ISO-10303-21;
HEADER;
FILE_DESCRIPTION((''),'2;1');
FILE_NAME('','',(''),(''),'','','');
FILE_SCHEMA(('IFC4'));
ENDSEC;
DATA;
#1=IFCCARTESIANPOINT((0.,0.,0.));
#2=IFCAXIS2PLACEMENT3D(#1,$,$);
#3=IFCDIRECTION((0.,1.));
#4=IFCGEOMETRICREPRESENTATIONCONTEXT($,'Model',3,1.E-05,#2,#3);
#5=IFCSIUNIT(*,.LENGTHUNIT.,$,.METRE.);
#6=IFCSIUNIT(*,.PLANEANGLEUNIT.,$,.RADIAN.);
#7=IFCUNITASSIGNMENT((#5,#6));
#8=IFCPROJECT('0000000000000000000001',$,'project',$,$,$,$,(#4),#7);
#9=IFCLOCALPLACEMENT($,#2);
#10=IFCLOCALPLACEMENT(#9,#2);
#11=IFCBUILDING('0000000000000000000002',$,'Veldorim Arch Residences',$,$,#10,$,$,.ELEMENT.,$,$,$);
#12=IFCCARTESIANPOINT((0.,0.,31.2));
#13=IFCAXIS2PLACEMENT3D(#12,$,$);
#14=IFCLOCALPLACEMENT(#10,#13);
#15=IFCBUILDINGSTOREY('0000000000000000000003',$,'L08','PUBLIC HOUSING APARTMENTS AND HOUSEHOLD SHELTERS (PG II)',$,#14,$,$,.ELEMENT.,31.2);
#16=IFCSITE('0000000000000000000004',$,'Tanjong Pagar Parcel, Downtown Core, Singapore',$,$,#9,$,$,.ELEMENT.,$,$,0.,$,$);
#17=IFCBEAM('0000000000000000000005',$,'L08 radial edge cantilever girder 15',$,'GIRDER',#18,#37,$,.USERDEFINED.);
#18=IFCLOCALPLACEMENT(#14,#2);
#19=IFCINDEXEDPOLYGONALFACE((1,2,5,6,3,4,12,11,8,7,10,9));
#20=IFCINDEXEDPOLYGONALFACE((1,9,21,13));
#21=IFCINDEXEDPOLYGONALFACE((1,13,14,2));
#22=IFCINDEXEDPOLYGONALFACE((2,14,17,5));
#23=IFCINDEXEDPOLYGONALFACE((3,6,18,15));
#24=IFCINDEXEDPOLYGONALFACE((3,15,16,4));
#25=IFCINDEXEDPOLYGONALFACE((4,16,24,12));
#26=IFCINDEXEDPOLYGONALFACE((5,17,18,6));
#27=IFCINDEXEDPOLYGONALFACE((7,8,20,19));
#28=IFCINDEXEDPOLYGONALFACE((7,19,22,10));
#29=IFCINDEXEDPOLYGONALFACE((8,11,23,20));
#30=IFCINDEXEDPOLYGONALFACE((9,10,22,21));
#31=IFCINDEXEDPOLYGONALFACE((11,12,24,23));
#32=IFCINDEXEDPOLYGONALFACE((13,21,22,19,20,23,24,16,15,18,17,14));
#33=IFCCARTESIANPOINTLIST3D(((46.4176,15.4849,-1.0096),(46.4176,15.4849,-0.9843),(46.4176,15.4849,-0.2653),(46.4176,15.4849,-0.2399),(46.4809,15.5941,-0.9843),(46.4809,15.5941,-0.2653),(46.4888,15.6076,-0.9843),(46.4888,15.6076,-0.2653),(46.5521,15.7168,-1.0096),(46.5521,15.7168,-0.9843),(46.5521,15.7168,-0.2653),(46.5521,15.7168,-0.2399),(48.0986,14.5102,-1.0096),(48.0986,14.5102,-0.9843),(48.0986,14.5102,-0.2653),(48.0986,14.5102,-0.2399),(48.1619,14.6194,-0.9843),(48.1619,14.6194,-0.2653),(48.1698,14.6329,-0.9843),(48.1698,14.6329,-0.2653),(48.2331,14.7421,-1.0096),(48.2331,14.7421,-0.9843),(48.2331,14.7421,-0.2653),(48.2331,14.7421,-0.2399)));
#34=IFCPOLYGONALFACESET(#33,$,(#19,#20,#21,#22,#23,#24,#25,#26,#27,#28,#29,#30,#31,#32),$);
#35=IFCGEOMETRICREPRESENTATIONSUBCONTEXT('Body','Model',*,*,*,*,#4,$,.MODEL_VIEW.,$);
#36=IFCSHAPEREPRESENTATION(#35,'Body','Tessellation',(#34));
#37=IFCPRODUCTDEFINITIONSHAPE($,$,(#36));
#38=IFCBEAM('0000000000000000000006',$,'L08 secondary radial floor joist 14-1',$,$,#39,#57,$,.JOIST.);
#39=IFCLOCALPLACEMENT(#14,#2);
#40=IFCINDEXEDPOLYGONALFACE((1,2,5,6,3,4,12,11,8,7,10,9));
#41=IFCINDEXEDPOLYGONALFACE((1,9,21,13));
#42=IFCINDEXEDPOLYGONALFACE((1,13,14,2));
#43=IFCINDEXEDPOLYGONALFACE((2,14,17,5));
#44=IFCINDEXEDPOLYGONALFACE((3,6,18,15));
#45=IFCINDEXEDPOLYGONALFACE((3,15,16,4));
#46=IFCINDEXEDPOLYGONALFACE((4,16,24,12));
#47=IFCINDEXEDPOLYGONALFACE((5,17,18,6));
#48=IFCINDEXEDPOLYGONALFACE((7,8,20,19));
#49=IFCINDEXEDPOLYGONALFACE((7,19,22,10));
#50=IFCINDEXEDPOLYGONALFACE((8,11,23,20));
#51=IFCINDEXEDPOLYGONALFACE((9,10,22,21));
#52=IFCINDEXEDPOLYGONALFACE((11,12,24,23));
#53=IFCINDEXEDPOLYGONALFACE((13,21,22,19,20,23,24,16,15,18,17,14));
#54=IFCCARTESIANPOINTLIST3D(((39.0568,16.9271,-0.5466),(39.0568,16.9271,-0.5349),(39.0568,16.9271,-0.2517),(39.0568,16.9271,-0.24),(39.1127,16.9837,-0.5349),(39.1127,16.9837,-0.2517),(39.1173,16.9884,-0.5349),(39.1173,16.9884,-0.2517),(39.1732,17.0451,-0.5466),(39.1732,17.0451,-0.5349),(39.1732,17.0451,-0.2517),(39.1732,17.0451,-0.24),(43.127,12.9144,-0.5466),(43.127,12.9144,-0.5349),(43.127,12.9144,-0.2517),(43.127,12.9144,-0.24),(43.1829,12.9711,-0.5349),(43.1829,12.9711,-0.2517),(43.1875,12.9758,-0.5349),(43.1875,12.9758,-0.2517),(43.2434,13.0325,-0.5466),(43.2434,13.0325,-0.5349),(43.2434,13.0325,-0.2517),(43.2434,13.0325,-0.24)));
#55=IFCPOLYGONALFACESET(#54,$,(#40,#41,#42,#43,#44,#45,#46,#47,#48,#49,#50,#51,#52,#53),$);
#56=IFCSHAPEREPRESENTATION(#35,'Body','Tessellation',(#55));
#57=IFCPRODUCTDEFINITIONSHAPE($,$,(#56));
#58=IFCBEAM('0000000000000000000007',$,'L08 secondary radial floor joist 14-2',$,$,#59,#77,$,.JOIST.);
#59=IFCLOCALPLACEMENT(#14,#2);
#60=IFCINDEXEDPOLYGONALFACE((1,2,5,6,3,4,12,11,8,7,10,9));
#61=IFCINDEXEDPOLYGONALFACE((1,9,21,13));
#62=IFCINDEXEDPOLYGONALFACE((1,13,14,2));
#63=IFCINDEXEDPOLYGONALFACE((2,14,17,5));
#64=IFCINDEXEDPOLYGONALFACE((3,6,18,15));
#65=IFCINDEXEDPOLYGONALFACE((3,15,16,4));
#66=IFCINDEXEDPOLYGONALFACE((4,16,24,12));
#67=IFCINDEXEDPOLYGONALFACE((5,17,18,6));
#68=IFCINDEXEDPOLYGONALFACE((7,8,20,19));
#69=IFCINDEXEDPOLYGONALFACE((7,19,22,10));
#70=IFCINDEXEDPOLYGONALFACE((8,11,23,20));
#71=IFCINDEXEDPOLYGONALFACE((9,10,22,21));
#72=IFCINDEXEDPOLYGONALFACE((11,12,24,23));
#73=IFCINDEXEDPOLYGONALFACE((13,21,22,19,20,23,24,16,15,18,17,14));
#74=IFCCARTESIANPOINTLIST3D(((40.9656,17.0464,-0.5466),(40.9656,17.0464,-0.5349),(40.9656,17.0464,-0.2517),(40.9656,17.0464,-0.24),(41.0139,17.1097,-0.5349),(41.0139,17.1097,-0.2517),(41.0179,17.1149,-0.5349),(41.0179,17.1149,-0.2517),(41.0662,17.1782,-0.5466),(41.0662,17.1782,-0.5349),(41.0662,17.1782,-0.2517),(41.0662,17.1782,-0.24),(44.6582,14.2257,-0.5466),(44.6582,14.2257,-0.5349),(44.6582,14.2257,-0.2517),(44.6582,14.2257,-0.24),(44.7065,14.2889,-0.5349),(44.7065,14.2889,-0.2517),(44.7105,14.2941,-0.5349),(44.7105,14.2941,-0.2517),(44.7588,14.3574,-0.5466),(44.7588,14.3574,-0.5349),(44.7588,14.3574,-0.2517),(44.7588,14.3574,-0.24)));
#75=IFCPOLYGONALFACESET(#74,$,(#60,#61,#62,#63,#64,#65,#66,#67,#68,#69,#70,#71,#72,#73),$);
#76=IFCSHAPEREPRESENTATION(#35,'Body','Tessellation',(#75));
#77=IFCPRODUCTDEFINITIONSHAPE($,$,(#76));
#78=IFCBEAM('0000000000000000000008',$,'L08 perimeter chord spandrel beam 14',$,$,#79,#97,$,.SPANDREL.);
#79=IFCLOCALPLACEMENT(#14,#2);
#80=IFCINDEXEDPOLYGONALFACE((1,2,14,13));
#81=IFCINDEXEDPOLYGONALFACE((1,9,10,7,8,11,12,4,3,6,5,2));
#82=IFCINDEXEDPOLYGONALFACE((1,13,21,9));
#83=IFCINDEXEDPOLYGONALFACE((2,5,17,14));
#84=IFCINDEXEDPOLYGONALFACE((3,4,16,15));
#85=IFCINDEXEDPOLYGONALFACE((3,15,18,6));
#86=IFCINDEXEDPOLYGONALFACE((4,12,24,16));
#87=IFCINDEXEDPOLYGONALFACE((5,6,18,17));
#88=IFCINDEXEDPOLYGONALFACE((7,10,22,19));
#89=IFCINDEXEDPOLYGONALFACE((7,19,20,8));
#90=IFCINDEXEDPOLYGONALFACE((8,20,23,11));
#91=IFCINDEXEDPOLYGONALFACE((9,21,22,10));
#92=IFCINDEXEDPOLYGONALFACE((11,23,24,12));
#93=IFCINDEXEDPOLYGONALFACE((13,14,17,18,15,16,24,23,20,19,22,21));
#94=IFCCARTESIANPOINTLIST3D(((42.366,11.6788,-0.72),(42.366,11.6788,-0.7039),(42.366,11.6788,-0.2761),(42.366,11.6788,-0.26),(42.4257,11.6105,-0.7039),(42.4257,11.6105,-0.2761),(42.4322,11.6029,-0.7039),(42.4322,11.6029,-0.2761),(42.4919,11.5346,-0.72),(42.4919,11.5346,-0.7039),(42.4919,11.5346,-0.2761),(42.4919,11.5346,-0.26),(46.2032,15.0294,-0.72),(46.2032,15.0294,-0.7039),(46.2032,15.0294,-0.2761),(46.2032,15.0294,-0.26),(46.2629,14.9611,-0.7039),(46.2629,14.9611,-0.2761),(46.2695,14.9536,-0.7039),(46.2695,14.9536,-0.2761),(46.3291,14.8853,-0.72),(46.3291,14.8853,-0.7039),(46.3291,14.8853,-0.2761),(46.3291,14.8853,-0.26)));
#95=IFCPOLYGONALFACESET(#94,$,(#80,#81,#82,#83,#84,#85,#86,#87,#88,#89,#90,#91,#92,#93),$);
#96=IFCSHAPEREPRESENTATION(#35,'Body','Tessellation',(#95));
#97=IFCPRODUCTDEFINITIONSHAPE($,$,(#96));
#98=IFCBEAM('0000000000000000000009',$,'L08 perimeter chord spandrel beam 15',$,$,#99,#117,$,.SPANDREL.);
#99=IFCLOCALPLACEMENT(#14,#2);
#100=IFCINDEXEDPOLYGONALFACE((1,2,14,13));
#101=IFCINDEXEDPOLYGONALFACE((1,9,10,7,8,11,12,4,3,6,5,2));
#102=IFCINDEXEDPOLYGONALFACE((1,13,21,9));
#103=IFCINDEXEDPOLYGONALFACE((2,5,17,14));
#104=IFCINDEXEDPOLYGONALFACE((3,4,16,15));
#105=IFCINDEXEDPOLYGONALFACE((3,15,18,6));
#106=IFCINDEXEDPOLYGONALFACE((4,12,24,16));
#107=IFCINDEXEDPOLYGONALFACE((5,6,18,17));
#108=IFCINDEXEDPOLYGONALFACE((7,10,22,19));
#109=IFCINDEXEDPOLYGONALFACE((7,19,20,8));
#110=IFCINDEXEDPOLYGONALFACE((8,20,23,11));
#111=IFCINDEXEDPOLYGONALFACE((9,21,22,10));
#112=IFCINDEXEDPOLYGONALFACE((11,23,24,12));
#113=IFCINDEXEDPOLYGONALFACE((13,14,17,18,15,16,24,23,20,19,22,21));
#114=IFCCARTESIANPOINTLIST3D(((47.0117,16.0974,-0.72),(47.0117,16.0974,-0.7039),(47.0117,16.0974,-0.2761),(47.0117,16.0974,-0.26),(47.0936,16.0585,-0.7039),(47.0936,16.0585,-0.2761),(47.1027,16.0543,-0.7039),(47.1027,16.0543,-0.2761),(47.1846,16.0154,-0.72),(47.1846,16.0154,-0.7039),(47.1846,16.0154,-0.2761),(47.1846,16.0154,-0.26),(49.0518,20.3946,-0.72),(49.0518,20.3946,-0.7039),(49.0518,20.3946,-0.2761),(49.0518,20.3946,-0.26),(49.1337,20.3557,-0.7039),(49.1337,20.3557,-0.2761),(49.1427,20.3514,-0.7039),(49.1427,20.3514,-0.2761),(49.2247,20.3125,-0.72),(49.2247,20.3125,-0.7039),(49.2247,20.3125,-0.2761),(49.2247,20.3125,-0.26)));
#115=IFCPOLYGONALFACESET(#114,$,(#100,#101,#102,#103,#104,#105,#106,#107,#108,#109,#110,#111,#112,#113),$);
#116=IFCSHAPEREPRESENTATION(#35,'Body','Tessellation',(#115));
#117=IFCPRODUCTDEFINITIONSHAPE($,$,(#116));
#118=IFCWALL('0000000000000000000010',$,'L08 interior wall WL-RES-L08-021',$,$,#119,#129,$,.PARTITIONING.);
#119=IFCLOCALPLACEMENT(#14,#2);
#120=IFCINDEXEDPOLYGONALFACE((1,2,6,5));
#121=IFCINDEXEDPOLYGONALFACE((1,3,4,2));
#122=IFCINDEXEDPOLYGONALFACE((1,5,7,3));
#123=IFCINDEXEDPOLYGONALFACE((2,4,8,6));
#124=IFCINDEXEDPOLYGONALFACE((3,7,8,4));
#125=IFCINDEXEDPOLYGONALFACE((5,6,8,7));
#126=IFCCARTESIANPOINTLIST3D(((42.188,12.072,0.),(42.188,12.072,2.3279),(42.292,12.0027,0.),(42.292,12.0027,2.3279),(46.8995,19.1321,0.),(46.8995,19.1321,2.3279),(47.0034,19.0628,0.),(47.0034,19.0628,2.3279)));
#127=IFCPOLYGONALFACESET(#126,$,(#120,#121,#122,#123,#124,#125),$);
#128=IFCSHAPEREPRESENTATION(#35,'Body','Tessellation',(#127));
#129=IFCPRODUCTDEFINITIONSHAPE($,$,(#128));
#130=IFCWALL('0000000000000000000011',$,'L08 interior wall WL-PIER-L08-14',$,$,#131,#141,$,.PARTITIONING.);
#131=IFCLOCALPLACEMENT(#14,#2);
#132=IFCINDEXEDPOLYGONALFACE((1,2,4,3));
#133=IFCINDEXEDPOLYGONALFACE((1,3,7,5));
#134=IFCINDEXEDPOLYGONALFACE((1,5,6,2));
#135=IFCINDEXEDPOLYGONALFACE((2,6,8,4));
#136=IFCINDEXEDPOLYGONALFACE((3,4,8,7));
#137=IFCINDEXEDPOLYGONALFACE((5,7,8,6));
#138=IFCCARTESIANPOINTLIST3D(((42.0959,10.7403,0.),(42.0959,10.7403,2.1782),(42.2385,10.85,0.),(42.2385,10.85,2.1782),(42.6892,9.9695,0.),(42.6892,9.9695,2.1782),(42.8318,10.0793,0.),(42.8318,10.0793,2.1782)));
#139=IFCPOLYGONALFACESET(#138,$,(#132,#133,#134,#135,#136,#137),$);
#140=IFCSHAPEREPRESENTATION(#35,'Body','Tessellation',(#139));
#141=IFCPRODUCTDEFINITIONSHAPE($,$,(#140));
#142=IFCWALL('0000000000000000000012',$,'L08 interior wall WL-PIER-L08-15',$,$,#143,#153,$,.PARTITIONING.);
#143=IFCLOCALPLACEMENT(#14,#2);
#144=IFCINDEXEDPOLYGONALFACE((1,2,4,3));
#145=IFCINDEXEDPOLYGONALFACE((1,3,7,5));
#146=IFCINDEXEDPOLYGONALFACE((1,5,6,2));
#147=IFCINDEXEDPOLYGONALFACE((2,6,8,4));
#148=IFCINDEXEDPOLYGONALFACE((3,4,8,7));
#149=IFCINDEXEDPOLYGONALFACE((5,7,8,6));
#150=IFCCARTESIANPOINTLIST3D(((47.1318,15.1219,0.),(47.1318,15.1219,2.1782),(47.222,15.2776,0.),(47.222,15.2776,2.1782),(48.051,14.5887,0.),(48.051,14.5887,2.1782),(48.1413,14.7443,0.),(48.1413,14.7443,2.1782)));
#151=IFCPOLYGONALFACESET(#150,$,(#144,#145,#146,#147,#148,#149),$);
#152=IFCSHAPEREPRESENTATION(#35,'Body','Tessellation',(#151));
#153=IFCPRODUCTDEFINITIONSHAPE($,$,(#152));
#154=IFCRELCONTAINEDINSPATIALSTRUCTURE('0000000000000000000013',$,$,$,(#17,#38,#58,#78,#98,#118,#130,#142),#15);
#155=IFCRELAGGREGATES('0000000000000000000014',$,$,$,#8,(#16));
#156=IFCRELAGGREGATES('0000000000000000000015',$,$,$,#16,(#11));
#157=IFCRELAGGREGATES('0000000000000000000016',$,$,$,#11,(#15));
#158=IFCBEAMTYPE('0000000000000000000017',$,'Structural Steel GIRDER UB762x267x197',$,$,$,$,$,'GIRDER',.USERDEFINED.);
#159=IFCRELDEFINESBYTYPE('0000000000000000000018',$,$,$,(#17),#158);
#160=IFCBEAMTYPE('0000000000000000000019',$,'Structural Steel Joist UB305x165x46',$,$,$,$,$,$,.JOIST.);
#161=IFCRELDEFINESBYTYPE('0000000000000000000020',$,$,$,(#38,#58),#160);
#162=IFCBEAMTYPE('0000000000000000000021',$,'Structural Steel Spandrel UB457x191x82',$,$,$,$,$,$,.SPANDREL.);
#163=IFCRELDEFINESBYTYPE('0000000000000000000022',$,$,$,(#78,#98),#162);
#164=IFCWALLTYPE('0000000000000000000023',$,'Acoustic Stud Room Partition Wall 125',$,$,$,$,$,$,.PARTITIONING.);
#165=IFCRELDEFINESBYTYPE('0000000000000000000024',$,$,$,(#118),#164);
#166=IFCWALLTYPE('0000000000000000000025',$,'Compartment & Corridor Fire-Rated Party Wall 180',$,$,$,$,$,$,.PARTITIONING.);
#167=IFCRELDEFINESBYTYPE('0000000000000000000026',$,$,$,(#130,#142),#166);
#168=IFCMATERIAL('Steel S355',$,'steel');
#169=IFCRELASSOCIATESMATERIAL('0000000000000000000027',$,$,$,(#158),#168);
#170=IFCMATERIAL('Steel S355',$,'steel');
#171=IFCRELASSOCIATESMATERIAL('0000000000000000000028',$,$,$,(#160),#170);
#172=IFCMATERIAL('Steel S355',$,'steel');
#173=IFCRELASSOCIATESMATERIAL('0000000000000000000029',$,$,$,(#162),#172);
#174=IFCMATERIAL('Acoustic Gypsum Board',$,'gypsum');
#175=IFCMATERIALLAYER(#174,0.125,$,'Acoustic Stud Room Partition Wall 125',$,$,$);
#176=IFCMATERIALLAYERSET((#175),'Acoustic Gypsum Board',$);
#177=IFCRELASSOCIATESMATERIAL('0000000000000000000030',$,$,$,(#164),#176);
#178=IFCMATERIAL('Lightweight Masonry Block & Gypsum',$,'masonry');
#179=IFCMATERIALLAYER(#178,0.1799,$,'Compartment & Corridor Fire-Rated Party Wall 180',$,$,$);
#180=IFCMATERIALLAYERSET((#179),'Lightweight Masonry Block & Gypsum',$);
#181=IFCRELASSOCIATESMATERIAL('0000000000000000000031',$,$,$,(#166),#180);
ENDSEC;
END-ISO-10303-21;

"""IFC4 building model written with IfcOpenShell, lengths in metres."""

from ifc_helpers import new_model, si_unit, direction, frame, frame_2d, origin, origin_2d, place, context, subcontext, project, spatial, rectangle, i_section, extrude, material, layer, layer_set, material_profile, profile_set, type_object, element, save


model = new_model("IFC4")

# Units and contexts
model_context = context("Model", 3, precision=1e-05, world=origin(), true_north=direction((0.0, 1.0)))
body_context = subcontext(model_context, "Body", "Model", "MODEL_VIEW")
ifc_project = project(units=[si_unit("LENGTHUNIT", "METRE"), si_unit("PLANEANGLEUNIT", "RADIAN")], contexts=[model_context])

# Site, building, storey
site_placement = place(None, origin())
site = spatial("IfcSite", under=ifc_project, at=site_placement, Name="Tanjong Pagar Parcel, Downtown Core, Singapore", CompositionType="ELEMENT", RefElevation=0.0)
building_placement = place(site_placement, origin())
building = spatial("IfcBuilding", under=site, at=building_placement, Name="Veldorim Arch Residences", CompositionType="ELEMENT")
storey_placement = place(building_placement, frame((0.0, 0.0, 31.2)))
storey = spatial("IfcBuildingStorey", under=building, at=storey_placement, Name="L08", Description="PUBLIC HOUSING APARTMENTS AND HOUSEHOLD SHELTERS (PG II)", CompositionType="ELEMENT", Elevation=31.2)

# Beams
ifc_material_1 = material(Name="Steel S355", Category="steel")
ifc_material_profile_1 = material_profile(ifc_material_1, i_section(OverallWidth=0.2681, OverallDepth=0.7698, WebThickness=0.0156, FlangeThickness=0.0254, at=origin_2d()), Name="UB762x267x197")
ifc_profile_set_1 = profile_set([ifc_material_profile_1], Name="Steel S355")
beam_type_1 = type_object("IfcBeamType", Name="Structural Steel GIRDER UB762x267x197", ElementType="GIRDER", PredefinedType="USERDEFINED", material=ifc_profile_set_1)
beam_1_placement = place(storey_placement, frame((46.4849, 15.6008, -0.6248), z_axis=(0.865102, -0.501596, 0.0), x_axis=(0.501596, 0.865102, 0.0)))
element("IfcBeam", 1, at=beam_1_placement, inside=storey, type_object=beam_type_1, Name="L08 radial edge cantilever girder 15", ObjectType="GIRDER", PredefinedType="USERDEFINED", context=body_context, shape_type="SweptSolid", body=[
    extrude(i_section(OverallWidth=0.2681, OverallDepth=0.7698, WebThickness=0.0156, FlangeThickness=0.0254, at=origin_2d()), origin(), (0.0, 0.0, 1.0), 1.9431),
])
ifc_material_2 = material(Name="Steel S355", Category="steel")
ifc_material_profile_2 = material_profile(ifc_material_2, i_section(OverallWidth=0.1658, OverallDepth=0.3066, WebThickness=0.0066, FlangeThickness=0.0117, at=origin_2d()), Name="UB305x165x46")
ifc_profile_set_2 = profile_set([ifc_material_profile_2], Name="Steel S355")
beam_type_2 = type_object("IfcBeamType", Name="Structural Steel Joist UB305x165x46", PredefinedType="JOIST", material=ifc_profile_set_2)
beam_2_placement = place(storey_placement, frame((39.115, 16.9861, -0.3933), z_axis=(0.712129, -0.702049, 0.0), x_axis=(0.702049, 0.712129, 0.0)))
element("IfcBeam", 2, at=beam_2_placement, inside=storey, type_object=beam_type_2, Name="L08 secondary radial floor joist 14-1", PredefinedType="JOIST", context=body_context, shape_type="SweptSolid", body=[
    extrude(i_section(OverallWidth=0.1658, OverallDepth=0.3066, WebThickness=0.0066, FlangeThickness=0.0117, at=origin_2d()), origin(), (0.0, 0.0, 1.0), 5.7156),
])
beam_3_placement = place(storey_placement, frame((41.0159, 17.1123, -0.3933), z_axis=(0.794666, -0.607046, 0.0), x_axis=(0.607046, 0.794666, 0.0)))
element("IfcBeam", 3, at=beam_3_placement, inside=storey, type_object=beam_type_2, Name="L08 secondary radial floor joist 14-2", PredefinedType="JOIST", context=body_context, shape_type="SweptSolid", body=[
    extrude(i_section(OverallWidth=0.1658, OverallDepth=0.3066, WebThickness=0.0066, FlangeThickness=0.0117, at=origin_2d()), origin(), (0.0, 0.0, 1.0), 4.6467),
])
ifc_material_3 = material(Name="Steel S355", Category="steel")
ifc_material_profile_3 = material_profile(ifc_material_3, i_section(OverallWidth=0.1914, OverallDepth=0.46, WebThickness=0.01, FlangeThickness=0.0161, at=origin_2d()), Name="UB457x191x82")
ifc_profile_set_3 = profile_set([ifc_material_profile_3], Name="Steel S355")
beam_type_3 = type_object("IfcBeamType", Name="Structural Steel Spandrel UB457x191x82", PredefinedType="SPANDREL", material=ifc_profile_set_3)
beam_4_placement = place(storey_placement, frame((42.429, 11.6067, -0.49), z_axis=(0.75325, 0.657734, 0.0), x_axis=(-0.657734, 0.75325, 0.0)))
element("IfcBeam", 4, at=beam_4_placement, inside=storey, type_object=beam_type_3, Name="L08 perimeter chord spandrel beam 14", PredefinedType="SPANDREL", context=body_context, shape_type="SweptSolid", body=[
    extrude(i_section(OverallWidth=0.1914, OverallDepth=0.46, WebThickness=0.01, FlangeThickness=0.0161, at=origin_2d()), origin(), (0.0, 0.0, 1.0), 5.0942),
])
beam_5_placement = place(storey_placement, frame((47.0981, 16.0564, -0.49), z_axis=(0.428869, 0.903366, 0.0), x_axis=(-0.903366, 0.428869, 0.0)))
element("IfcBeam", 5, at=beam_5_placement, inside=storey, type_object=beam_type_3, Name="L08 perimeter chord spandrel beam 15", PredefinedType="SPANDREL", context=body_context, shape_type="SweptSolid", body=[
    extrude(i_section(OverallWidth=0.1914, OverallDepth=0.46, WebThickness=0.01, FlangeThickness=0.0161, at=origin_2d()), origin(), (0.0, 0.0, 1.0), 4.7568),
])

# Walls
ifc_material_4 = material(Name="Acoustic Gypsum Board", Category="gypsum")
ifc_layer_1 = layer(ifc_material_4, 0.125, Name="Acoustic Stud Room Partition Wall 125")
ifc_layer_set_1 = layer_set([ifc_layer_1], Name="Acoustic Gypsum Board")
wall_type_1 = type_object("IfcWallType", Name="Acoustic Stud Room Partition Wall 125", PredefinedType="PARTITIONING", material=ifc_layer_set_1)
wall_1_placement = place(storey_placement, frame((42.24, 12.0374, 0.0), z_axis=(0.0, 0.0, 1.0), x_axis=(0.555085, 0.831794, 0.0)))
element("IfcWall", 6, at=wall_1_placement, inside=storey, type_object=wall_type_1, Name="L08 interior wall WL-RES-L08-021", PredefinedType="PARTITIONING", context=body_context, shape_type="SweptSolid", body=[
    extrude(rectangle(XDim=8.4878, YDim=0.125, at=frame_2d((4.2439, 0.0))), origin(), (0.0, 0.0, 1.0), 2.3279),
])
ifc_material_5 = material(Name="Lightweight Masonry Block & Gypsum", Category="masonry")
ifc_layer_2 = layer(ifc_material_5, 0.1799, Name="Compartment & Corridor Fire-Rated Party Wall 180")
ifc_layer_set_2 = layer_set([ifc_layer_2], Name="Lightweight Masonry Block & Gypsum")
wall_type_2 = type_object("IfcWallType", Name="Compartment & Corridor Fire-Rated Party Wall 180", PredefinedType="PARTITIONING", material=ifc_layer_set_2)
wall_2_placement = place(storey_placement, frame((42.1672, 10.7952, 0.0), z_axis=(0.0, 0.0, 1.0), x_axis=(0.609953, -0.792437, 0.0)))
element("IfcWall", 7, at=wall_2_placement, inside=storey, type_object=wall_type_2, Name="L08 interior wall WL-PIER-L08-14", PredefinedType="PARTITIONING", context=body_context, shape_type="SweptSolid", body=[
    extrude(rectangle(XDim=0.9727, YDim=0.1799, at=frame_2d((0.4863, 0.0))), origin(), (0.0, 0.0, 1.0), 2.1782),
])
wall_3_placement = place(storey_placement, frame((47.177, 15.1997, 0.0), z_axis=(0.0, 0.0, 1.0), x_axis=(0.865001, -0.50177, 0.0)))
element("IfcWall", 8, at=wall_3_placement, inside=storey, type_object=wall_type_2, Name="L08 interior wall WL-PIER-L08-15", PredefinedType="PARTITIONING", context=body_context, shape_type="SweptSolid", body=[
    extrude(rectangle(XDim=1.0627, YDim=0.1799, at=frame_2d((0.5312, 0.0))), origin(), (0.0, 0.0, 1.0), 2.1782),
])

save(model, "model.ifc")
